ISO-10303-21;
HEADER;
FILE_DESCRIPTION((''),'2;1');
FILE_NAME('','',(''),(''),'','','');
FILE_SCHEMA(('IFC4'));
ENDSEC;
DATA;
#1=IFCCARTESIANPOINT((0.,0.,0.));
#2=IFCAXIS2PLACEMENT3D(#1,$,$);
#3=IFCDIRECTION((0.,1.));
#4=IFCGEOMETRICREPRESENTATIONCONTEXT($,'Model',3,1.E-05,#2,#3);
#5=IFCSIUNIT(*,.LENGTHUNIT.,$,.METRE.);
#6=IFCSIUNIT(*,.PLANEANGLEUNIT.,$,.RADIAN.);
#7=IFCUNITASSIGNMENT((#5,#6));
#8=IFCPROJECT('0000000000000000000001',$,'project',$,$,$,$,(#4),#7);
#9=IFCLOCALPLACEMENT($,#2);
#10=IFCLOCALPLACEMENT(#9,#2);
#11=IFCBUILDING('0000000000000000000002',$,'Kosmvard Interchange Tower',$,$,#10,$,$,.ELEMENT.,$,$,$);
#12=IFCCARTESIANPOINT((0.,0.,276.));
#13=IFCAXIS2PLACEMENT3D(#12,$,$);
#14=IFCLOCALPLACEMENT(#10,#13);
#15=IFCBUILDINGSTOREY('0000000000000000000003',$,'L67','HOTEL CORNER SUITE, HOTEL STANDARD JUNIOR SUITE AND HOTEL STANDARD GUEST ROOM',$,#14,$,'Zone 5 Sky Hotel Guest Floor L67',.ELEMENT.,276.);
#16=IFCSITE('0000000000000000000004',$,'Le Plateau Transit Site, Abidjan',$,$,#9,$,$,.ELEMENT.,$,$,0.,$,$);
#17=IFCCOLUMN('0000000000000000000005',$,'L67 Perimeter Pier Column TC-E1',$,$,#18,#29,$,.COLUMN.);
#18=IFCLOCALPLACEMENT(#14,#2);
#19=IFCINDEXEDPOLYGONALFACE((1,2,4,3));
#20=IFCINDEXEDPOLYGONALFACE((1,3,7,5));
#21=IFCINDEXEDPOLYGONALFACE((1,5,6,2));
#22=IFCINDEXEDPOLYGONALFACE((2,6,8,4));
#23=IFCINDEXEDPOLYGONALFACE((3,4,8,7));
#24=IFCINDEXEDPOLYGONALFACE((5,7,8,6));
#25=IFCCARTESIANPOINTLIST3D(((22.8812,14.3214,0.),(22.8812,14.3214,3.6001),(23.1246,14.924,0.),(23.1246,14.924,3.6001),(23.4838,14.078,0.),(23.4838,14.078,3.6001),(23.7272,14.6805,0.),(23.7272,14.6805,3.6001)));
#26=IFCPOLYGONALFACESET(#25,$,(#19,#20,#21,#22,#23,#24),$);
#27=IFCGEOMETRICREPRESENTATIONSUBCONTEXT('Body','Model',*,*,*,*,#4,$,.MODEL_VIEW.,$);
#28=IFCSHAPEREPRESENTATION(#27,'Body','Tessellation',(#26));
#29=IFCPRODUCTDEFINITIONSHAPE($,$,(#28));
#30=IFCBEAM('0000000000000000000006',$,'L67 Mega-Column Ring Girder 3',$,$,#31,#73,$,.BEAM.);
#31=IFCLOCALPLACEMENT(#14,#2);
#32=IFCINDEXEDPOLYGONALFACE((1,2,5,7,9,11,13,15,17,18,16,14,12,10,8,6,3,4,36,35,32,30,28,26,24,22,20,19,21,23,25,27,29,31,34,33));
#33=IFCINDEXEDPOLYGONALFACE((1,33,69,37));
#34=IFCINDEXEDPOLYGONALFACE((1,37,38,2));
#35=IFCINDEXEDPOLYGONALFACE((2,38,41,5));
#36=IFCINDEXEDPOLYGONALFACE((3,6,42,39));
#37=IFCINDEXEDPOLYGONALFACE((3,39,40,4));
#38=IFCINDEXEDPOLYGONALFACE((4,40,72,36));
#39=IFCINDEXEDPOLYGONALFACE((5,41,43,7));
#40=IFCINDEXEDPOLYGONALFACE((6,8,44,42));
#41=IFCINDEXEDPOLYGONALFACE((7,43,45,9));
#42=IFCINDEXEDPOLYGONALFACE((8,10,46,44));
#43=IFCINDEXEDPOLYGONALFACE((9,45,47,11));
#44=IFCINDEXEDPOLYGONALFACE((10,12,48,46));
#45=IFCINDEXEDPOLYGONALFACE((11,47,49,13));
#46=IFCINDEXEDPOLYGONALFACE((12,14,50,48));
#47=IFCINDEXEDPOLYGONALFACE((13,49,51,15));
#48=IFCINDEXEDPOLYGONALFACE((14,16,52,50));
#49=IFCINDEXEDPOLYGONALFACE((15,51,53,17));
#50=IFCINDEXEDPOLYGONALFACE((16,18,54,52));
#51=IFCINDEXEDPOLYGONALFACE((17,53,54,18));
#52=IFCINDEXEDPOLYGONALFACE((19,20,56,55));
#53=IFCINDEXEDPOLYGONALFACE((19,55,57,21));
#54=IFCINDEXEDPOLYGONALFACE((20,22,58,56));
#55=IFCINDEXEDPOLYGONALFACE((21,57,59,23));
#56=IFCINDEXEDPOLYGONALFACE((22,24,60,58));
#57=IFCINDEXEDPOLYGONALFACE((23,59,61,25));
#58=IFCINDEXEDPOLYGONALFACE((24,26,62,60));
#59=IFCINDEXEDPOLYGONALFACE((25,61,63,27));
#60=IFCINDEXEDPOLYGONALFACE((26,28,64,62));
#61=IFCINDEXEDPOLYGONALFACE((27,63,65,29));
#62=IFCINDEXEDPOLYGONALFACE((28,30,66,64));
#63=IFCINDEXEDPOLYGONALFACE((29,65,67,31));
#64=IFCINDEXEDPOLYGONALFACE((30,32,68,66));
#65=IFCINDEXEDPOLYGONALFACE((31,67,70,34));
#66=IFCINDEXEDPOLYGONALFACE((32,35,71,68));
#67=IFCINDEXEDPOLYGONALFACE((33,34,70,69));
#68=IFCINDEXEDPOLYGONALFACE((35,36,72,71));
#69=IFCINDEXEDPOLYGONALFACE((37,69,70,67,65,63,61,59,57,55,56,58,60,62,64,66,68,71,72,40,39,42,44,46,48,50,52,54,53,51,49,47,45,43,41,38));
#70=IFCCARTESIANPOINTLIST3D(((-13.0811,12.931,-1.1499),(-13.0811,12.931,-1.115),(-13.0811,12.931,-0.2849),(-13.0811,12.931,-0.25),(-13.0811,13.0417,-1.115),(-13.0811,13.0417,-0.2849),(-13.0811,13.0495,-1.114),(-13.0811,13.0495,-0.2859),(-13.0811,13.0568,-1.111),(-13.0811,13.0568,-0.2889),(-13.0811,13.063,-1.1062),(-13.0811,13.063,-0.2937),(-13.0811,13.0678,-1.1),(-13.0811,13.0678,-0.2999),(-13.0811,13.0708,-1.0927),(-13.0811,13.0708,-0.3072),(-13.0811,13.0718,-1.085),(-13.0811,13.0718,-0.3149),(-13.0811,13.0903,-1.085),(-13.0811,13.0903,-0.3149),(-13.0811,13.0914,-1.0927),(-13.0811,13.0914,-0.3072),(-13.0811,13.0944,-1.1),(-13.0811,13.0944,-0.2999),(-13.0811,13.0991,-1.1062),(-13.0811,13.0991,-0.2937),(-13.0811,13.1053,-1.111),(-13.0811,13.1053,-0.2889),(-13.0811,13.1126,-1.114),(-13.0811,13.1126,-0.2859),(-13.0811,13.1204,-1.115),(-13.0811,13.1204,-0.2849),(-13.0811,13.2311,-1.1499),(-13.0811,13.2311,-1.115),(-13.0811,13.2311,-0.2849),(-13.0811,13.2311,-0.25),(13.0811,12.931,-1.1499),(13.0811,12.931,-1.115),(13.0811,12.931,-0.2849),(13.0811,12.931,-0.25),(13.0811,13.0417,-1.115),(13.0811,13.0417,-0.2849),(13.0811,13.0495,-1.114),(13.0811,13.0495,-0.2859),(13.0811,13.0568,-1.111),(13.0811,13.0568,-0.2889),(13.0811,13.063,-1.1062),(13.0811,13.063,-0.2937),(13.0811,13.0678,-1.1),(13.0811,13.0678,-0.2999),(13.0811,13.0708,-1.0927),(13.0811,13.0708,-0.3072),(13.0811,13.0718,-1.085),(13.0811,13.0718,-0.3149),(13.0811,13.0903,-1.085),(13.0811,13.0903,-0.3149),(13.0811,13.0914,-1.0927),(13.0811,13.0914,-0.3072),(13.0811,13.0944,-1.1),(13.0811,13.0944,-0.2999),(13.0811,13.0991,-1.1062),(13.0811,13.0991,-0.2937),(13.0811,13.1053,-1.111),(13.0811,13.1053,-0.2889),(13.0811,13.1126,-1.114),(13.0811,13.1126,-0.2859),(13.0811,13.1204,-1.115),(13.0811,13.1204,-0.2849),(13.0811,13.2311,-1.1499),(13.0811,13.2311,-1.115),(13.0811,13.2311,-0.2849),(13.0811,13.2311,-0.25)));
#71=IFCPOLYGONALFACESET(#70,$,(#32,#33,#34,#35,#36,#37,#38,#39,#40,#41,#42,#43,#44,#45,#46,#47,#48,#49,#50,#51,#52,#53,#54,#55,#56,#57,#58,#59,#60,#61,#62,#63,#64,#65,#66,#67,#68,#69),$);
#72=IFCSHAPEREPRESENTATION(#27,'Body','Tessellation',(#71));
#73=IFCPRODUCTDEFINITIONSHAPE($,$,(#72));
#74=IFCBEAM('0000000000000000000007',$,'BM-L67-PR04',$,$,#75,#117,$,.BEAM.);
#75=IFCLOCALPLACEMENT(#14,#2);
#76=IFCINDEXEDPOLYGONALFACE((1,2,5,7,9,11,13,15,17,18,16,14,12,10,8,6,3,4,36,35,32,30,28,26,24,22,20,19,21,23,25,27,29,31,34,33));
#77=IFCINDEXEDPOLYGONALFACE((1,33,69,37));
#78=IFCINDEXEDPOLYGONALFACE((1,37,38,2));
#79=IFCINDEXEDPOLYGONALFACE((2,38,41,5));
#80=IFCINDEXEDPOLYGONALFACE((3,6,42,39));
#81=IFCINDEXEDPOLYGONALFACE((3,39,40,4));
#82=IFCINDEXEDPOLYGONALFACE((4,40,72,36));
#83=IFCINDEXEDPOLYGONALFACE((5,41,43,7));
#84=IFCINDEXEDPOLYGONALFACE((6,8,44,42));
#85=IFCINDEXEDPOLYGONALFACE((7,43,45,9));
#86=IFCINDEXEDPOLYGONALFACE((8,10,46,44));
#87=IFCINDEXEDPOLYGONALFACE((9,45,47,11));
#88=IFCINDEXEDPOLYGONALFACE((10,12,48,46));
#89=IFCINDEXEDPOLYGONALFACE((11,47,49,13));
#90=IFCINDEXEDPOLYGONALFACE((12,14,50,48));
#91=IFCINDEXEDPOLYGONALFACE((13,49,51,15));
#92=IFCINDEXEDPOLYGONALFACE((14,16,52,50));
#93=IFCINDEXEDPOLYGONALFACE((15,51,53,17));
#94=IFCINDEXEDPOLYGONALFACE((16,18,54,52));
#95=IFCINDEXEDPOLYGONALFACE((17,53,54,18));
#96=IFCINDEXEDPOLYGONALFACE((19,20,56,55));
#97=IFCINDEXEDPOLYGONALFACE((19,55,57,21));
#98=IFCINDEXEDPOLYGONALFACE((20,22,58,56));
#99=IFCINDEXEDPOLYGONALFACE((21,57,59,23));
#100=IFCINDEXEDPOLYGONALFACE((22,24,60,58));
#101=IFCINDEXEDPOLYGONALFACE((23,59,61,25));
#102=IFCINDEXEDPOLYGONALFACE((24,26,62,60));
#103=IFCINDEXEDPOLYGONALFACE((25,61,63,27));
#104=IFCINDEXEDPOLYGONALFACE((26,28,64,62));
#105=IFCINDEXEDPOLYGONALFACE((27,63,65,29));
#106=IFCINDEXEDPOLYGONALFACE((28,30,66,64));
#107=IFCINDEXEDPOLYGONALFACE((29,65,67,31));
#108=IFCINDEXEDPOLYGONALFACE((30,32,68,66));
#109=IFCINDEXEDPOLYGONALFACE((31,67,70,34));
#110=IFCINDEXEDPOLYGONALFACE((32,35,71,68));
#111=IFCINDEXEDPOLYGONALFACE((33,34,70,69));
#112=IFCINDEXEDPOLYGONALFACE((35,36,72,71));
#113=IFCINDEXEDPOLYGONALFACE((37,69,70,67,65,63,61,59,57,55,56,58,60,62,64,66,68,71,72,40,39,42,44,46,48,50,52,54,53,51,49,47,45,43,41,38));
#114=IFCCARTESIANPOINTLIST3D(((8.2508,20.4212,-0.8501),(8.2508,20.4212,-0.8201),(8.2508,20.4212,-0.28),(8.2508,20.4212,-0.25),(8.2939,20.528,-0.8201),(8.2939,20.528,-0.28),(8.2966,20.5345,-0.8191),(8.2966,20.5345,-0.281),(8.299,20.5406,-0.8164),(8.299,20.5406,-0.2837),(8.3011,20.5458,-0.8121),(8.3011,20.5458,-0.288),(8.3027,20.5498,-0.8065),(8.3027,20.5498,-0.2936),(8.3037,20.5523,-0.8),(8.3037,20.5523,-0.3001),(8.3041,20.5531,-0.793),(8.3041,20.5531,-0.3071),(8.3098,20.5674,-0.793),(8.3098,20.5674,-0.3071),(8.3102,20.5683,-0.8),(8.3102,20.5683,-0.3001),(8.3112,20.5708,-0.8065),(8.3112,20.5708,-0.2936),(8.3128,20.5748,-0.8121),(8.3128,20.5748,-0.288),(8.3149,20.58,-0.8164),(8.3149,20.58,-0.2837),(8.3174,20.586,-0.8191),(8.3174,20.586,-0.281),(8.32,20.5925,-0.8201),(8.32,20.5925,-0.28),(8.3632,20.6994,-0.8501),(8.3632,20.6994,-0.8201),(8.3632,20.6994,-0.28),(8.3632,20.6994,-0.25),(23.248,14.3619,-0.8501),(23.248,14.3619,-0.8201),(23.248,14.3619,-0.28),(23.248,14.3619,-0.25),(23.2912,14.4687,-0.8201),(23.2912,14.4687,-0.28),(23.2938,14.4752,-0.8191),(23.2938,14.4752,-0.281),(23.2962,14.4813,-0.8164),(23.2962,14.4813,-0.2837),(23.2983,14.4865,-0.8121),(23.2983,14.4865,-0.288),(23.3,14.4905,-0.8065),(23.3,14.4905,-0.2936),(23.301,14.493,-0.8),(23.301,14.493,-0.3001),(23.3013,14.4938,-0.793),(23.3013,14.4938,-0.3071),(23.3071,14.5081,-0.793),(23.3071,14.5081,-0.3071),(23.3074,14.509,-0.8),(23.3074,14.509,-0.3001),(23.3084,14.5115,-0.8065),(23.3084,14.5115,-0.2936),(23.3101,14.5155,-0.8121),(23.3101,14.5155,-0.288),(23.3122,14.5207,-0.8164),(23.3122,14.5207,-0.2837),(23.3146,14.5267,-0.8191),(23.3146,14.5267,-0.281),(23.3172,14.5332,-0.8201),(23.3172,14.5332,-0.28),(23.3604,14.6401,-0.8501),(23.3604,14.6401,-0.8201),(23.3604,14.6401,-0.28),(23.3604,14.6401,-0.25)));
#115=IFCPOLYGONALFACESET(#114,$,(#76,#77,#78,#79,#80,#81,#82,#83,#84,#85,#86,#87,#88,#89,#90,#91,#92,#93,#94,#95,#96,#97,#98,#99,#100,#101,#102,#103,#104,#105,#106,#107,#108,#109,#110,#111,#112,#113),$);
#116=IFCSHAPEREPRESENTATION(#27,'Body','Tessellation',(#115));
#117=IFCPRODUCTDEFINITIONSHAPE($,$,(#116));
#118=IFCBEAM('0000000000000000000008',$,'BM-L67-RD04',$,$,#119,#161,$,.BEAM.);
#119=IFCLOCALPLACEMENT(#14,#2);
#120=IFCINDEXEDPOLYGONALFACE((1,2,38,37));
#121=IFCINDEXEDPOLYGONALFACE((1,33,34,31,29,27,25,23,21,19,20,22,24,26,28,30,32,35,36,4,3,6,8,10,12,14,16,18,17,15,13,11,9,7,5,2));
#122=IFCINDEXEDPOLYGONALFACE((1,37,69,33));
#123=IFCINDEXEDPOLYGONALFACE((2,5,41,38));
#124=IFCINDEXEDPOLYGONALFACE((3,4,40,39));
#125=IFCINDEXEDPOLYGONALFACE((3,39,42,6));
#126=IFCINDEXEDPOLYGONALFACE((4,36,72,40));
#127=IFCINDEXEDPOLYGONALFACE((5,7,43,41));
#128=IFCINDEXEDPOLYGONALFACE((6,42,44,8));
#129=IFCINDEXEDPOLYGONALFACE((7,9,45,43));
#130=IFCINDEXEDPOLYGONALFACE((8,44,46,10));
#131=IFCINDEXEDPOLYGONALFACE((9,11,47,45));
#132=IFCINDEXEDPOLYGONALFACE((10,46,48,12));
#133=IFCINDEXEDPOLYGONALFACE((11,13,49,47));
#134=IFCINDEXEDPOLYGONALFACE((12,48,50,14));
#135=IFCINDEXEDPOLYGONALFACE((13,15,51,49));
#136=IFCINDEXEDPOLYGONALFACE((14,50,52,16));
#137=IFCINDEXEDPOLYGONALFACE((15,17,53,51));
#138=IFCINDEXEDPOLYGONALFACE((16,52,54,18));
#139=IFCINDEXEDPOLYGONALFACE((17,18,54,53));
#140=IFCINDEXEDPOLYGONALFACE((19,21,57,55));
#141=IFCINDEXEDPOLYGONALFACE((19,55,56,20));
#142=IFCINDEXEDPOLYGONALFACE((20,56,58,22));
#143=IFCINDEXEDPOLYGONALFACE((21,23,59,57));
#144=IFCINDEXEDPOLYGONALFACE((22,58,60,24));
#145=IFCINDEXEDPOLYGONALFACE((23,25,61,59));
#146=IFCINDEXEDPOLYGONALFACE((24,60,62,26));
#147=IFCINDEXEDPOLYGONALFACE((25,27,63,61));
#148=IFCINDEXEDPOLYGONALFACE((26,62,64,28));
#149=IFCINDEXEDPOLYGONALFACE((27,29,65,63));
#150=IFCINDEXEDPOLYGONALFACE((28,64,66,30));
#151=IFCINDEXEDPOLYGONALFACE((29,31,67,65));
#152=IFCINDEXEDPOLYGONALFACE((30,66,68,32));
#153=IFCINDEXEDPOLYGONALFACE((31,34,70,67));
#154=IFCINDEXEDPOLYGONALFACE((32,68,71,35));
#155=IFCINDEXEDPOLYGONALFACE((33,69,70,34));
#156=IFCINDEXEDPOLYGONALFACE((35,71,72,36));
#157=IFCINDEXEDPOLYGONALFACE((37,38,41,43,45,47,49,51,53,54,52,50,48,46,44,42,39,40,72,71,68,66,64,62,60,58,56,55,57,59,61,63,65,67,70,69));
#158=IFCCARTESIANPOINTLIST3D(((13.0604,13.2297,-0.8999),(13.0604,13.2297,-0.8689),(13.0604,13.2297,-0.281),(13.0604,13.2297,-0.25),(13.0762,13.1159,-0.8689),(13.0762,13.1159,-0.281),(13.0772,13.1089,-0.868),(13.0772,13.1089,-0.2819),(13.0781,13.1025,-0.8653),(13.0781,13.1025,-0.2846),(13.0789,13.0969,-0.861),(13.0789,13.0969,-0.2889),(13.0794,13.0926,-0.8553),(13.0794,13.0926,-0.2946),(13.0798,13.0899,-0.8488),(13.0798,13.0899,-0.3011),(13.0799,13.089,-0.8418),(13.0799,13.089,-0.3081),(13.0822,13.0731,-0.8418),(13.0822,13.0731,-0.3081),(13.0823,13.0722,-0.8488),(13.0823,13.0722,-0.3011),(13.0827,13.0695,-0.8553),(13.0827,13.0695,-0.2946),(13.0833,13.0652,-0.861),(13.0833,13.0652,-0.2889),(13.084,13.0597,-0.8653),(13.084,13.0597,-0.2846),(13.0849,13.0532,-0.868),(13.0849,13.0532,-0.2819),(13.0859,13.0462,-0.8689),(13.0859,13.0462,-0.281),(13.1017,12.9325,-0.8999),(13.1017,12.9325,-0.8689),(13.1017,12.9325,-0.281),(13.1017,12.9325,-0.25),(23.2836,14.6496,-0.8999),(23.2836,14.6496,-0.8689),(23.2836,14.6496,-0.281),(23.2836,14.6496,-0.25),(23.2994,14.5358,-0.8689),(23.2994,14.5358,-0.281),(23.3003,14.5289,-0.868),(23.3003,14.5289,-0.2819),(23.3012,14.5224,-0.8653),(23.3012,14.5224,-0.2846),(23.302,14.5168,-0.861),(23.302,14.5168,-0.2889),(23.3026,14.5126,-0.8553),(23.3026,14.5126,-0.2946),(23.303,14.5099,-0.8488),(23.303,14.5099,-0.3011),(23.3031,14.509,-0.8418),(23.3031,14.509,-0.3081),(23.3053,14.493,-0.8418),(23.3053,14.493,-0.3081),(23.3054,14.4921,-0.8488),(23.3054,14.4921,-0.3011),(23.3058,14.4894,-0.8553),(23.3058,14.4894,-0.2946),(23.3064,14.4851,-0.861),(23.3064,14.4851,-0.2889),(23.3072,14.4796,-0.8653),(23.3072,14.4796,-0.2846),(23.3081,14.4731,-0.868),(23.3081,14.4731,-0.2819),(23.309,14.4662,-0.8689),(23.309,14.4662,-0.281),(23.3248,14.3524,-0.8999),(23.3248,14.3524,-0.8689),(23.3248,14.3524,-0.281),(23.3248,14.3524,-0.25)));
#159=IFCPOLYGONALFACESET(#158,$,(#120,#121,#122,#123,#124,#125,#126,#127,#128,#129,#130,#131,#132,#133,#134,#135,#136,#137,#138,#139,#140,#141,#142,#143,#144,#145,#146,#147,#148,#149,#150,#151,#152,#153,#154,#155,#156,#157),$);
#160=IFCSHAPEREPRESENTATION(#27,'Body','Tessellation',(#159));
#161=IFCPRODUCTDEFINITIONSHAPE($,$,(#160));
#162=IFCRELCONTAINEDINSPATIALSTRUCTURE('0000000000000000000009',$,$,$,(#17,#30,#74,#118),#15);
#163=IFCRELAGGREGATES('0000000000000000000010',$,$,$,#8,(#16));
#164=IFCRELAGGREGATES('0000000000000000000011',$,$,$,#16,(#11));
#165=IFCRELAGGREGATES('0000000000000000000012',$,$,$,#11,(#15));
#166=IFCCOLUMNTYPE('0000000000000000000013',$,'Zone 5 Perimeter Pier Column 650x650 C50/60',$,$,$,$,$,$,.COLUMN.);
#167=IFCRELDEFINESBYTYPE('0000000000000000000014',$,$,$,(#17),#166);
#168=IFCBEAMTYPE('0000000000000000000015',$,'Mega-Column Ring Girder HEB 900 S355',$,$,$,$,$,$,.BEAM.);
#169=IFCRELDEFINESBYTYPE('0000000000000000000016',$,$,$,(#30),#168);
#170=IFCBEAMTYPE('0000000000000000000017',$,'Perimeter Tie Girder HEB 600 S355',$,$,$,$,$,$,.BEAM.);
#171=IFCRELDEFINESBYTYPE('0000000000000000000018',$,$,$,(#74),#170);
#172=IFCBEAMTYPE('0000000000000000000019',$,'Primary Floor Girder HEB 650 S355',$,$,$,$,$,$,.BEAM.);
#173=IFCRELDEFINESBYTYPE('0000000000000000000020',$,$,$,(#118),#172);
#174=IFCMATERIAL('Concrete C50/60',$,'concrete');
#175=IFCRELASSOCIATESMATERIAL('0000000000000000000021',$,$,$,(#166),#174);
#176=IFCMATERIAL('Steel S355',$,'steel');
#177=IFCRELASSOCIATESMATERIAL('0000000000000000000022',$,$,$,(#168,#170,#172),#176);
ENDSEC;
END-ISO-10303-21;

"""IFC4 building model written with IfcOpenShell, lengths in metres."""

from ifc_helpers import new_model, si_unit, direction, frame, origin, origin_2d, place, context, subcontext, project, spatial, rectangle, i_section, extrude, source, transform, mapped, material, material_profile, profile_set, type_object, element, save


model = new_model("IFC4")

# Units and contexts
model_context = context("Model", 3, precision=1e-05, world=origin(), true_north=direction((0.0, 1.0)))
body_context = subcontext(model_context, "Body", "Model", "MODEL_VIEW")
ifc_project = project(units=[si_unit("LENGTHUNIT", "METRE"), si_unit("PLANEANGLEUNIT", "RADIAN")], contexts=[model_context])

# Site, building, storey
site_placement = place(None, origin())
site = spatial("IfcSite", under=ifc_project, at=site_placement, Name="Le Plateau Transit Site, Abidjan", CompositionType="ELEMENT", RefElevation=0.0)
building_placement = place(site_placement, origin())
building = spatial("IfcBuilding", under=site, at=building_placement, Name="Kosmvard Interchange Tower", CompositionType="ELEMENT")
storey_placement = place(building_placement, frame((0.0, 0.0, 276.0)))
storey = spatial("IfcBuildingStorey", under=building, at=storey_placement, Name="L67", Description="HOTEL CORNER SUITE, HOTEL STANDARD JUNIOR SUITE AND HOTEL STANDARD GUEST ROOM", LongName="Zone 5 Sky Hotel Guest Floor L67", CompositionType="ELEMENT", Elevation=276.0)

# Column
ifc_material_1 = material(Name="Concrete C50/60", Category="concrete")
ifc_material_profile_1 = material_profile(ifc_material_1, rectangle(XDim=0.6499, YDim=0.6499, at=origin_2d()), Name="TC 650x650")
ifc_profile_set_1 = profile_set([ifc_material_profile_1], Name="Concrete C50/60")
column_type = type_object("IfcColumnType", Name="Zone 5 Perimeter Pier Column 650x650 C50/60", PredefinedType="COLUMN", material=ifc_profile_set_1)
shared_shape_1 = source(origin(), body_context, "Body", "SweptSolid", [
    extrude(rectangle(XDim=0.6499, YDim=0.6499, at=origin_2d()), origin(), (0.0, 0.0, 1.0), 3.6001),
])
column_placement = place(storey_placement, frame((23.3042, 14.501, 0.0), z_axis=(0.0, 0.0, 1.0), x_axis=(0.374607, 0.927184, 0.0)))
element("IfcColumn", 1, at=column_placement, inside=storey, type_object=column_type, Name="L67 Perimeter Pier Column TC-E1", PredefinedType="COLUMN", context=body_context, shape_type="MappedRepresentation", body=[
    mapped(shared_shape_1, transform((0.0, 0.0, 0.0), scale=1.0)),
])

# Beams
ifc_material_2 = material(Name="Steel S355", Category="steel")
ifc_material_profile_2 = material_profile(ifc_material_2, i_section(OverallWidth=0.3, OverallDepth=0.8999, WebThickness=0.0186, FlangeThickness=0.0349, FilletRadius=0.03, at=origin_2d()), Name="HEB 900")
ifc_profile_set_2 = profile_set([ifc_material_profile_2], Name="Steel S355")
beam_type_1 = type_object("IfcBeamType", Name="Mega-Column Ring Girder HEB 900 S355", PredefinedType="BEAM", material=ifc_profile_set_2)
shared_shape_2 = source(origin(), body_context, "Body", "SweptSolid", [
    extrude(i_section(OverallWidth=0.3, OverallDepth=0.8999, WebThickness=0.0186, FlangeThickness=0.0349, FilletRadius=0.03, at=origin_2d()), origin(), (0.0, 0.0, 1.0), 26.1621),
])
beam_1_placement = place(storey_placement, frame((13.0811, 13.0811, -0.7), z_axis=(-1.0, 0.0, 0.0), x_axis=(0.0, -1.0, 0.0)))
element("IfcBeam", 2, at=beam_1_placement, inside=storey, type_object=beam_type_1, Name="L67 Mega-Column Ring Girder 3", PredefinedType="BEAM", context=body_context, shape_type="MappedRepresentation", body=[
    mapped(shared_shape_2, transform((0.0, 0.0, 0.0), scale=1.0)),
])
ifc_material_profile_3 = material_profile(ifc_material_2, i_section(OverallWidth=0.3, OverallDepth=0.6001, WebThickness=0.0154, FlangeThickness=0.03, FilletRadius=0.0271, at=origin_2d()), Name="HEB 600")
ifc_profile_set_3 = profile_set([ifc_material_profile_3], Name="Steel S355")
beam_type_2 = type_object("IfcBeamType", Name="Perimeter Tie Girder HEB 600 S355", PredefinedType="BEAM", material=ifc_profile_set_3)
shared_shape_3 = source(origin(), body_context, "Body", "SweptSolid", [
    extrude(i_section(OverallWidth=0.3, OverallDepth=0.6001, WebThickness=0.0154, FlangeThickness=0.03, FilletRadius=0.0271, at=origin_2d()), origin(), (0.0, 0.0, 1.0), 16.175),
])
beam_2_placement = place(storey_placement, frame((23.3042, 14.501, -0.55), z_axis=(-0.927183, 0.374608, 0.0), x_axis=(-0.374608, -0.927183, 0.0)))
element("IfcBeam", 3, at=beam_2_placement, inside=storey, type_object=beam_type_2, Name="BM-L67-PR04", PredefinedType="BEAM", context=body_context, shape_type="MappedRepresentation", body=[
    mapped(shared_shape_3, transform((0.0, 0.0, 0.0), scale=1.0)),
])
ifc_material_profile_4 = material_profile(ifc_material_2, i_section(OverallWidth=0.3, OverallDepth=0.6499, WebThickness=0.0161, FlangeThickness=0.031, FilletRadius=0.0271, at=origin_2d()), Name="HEB 650")
ifc_profile_set_4 = profile_set([ifc_material_profile_4], Name="Steel S355")
beam_type_3 = type_object("IfcBeamType", Name="Primary Floor Girder HEB 650 S355", PredefinedType="BEAM", material=ifc_profile_set_4)
shared_shape_4 = source(origin(), body_context, "Body", "SweptSolid", [
    extrude(i_section(OverallWidth=0.3, OverallDepth=0.6499, WebThickness=0.0161, FlangeThickness=0.031, FilletRadius=0.0271, at=origin_2d()), origin(), (0.0, 0.0, 1.0), 10.3213),
])
beam_3_placement = place(storey_placement, frame((13.0811, 13.0811, -0.575), z_axis=(0.990492, 0.137572, 0.0), x_axis=(-0.137572, 0.990492, 0.0)))
element("IfcBeam", 4, at=beam_3_placement, inside=storey, type_object=beam_type_3, Name="BM-L67-RD04", PredefinedType="BEAM", context=body_context, shape_type="MappedRepresentation", body=[
    mapped(shared_shape_4, transform((0.0, 0.0, 0.0), scale=1.0)),
])

save(model, "model.ifc")
